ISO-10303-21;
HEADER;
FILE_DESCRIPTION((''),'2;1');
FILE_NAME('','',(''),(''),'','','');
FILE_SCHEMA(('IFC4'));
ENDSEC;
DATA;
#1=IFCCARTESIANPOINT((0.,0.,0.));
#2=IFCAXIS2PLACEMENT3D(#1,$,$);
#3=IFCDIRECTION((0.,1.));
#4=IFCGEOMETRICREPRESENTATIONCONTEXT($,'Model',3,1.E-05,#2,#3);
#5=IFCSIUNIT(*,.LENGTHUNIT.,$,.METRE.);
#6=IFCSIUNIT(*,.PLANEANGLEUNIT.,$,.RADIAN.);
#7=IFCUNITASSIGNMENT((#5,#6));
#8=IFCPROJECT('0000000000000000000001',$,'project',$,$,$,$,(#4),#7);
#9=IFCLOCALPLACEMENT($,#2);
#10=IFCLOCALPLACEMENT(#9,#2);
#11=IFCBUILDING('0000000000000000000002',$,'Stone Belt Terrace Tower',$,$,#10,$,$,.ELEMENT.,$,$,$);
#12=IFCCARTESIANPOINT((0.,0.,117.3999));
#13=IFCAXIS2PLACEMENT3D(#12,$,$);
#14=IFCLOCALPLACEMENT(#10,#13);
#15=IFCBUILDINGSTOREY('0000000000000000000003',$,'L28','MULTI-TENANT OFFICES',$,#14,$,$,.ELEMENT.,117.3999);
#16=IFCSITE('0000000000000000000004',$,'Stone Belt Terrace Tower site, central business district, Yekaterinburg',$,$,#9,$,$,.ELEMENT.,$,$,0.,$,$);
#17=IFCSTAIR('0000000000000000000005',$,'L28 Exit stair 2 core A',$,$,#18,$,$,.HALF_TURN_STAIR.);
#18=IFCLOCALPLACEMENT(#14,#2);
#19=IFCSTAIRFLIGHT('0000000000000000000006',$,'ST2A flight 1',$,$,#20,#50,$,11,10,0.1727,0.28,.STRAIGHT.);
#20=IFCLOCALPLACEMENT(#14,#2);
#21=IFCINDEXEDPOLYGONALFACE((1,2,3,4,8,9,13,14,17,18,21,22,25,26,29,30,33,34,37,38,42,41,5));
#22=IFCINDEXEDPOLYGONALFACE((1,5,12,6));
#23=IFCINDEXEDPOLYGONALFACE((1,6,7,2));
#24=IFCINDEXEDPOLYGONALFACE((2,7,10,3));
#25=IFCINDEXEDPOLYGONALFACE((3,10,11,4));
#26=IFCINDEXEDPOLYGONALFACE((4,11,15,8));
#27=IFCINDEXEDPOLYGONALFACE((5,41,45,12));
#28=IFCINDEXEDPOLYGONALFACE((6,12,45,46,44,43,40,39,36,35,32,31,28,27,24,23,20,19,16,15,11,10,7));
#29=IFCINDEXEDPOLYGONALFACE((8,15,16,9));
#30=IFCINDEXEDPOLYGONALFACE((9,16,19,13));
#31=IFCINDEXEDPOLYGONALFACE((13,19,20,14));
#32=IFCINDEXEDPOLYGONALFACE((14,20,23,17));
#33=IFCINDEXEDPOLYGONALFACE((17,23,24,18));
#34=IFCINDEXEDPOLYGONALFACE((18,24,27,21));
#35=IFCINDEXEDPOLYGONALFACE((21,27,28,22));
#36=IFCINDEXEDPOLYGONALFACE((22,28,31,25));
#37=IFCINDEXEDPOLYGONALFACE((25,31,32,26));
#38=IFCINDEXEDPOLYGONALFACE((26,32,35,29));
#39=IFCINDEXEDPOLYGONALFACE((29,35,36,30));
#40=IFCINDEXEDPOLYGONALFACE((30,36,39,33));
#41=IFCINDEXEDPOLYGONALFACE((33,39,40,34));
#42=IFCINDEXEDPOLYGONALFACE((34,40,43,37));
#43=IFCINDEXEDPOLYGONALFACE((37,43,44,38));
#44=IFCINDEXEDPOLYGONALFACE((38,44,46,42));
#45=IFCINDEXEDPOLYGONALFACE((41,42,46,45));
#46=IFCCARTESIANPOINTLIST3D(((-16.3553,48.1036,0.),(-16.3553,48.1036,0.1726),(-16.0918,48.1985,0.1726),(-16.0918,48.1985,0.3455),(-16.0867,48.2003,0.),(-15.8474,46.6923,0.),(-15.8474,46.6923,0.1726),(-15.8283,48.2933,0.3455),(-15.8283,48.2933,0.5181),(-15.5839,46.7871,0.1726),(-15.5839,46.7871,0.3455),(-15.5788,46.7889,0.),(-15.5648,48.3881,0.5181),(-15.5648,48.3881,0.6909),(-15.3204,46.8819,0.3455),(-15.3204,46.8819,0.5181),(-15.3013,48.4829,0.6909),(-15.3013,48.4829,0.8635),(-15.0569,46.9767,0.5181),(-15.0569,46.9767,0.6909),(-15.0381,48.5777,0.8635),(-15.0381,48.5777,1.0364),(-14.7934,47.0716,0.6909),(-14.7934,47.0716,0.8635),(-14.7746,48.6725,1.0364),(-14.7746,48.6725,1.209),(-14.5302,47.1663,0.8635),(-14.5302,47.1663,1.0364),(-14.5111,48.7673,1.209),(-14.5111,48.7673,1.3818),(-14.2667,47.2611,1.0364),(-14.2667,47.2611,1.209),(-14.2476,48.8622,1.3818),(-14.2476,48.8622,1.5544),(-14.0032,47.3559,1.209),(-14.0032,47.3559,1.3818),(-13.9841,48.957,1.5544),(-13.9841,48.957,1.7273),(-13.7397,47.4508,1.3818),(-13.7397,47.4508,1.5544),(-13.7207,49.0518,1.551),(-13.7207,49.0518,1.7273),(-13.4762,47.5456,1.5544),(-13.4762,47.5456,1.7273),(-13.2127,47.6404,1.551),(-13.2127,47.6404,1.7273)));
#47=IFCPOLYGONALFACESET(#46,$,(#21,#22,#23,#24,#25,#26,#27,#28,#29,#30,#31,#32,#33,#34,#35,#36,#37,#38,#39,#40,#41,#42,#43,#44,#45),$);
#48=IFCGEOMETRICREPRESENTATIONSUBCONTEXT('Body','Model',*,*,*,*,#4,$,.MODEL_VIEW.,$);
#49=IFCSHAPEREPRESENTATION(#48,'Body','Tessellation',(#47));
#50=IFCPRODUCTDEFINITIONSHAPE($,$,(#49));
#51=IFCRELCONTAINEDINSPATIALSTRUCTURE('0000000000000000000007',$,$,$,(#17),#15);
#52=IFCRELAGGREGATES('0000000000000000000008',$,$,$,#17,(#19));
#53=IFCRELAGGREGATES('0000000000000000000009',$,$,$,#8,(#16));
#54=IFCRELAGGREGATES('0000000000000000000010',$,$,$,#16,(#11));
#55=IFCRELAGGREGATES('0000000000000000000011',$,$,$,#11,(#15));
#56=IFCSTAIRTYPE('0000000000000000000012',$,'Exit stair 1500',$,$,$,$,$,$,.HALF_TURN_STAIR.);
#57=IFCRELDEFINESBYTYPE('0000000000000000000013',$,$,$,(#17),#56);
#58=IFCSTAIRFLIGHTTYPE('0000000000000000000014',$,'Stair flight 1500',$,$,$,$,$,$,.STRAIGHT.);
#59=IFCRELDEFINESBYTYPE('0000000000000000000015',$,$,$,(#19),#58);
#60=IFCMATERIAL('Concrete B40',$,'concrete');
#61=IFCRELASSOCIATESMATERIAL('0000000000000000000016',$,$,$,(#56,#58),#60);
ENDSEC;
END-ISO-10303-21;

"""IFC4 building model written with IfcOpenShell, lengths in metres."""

from ifc_helpers import new_model, si_unit, direction, frame, origin, place, context, subcontext, project, spatial, polyline, outline, extrude, material, type_object, element, aggregate, save


model = new_model("IFC4")

# Units and contexts
model_context = context("Model", 3, precision=1e-05, world=origin(), true_north=direction((0.0, 1.0)))
body_context = subcontext(model_context, "Body", "Model", "MODEL_VIEW")
ifc_project = project(units=[si_unit("LENGTHUNIT", "METRE"), si_unit("PLANEANGLEUNIT", "RADIAN")], contexts=[model_context])

# Site, building, storey
site_placement = place(None, origin())
site = spatial("IfcSite", under=ifc_project, at=site_placement, Name="Stone Belt Terrace Tower site, central business district, Yekaterinburg", CompositionType="ELEMENT", RefElevation=0.0)
building_placement = place(site_placement, origin())
building = spatial("IfcBuilding", under=site, at=building_placement, Name="Stone Belt Terrace Tower", CompositionType="ELEMENT")
storey_placement = place(building_placement, frame((0.0, 0.0, 117.3999)))
storey = spatial("IfcBuildingStorey", under=building, at=storey_placement, Name="L28", Description="MULTI-TENANT OFFICES", CompositionType="ELEMENT", Elevation=117.3999)

# Stair, stair flight
ifc_material_1 = material(Name="Concrete B40", Category="concrete")
stair_type = type_object("IfcStairType", Name="Exit stair 1500", PredefinedType="HALF_TURN_STAIR", material=ifc_material_1)
stair_placement = place(storey_placement, origin())
stair = element("IfcStair", 1, at=stair_placement, inside=storey, type_object=stair_type, Name="L28 Exit stair 2 core A", PredefinedType="HALF_TURN_STAIR")
stair_flight_type = type_object("IfcStairFlightType", Name="Stair flight 1500", PredefinedType="STRAIGHT", material=ifc_material_1)
stair_flight_placement = place(storey_placement, frame((-16.1013, 47.3979, 0.0), z_axis=(0.0, 0.0, 1.0), x_axis=(0.940922, 0.338624, 0.0)))
stair_flight = element("IfcStairFlight", 2, at=stair_flight_placement, type_object=stair_flight_type, Name="ST2A flight 1", NumberOfRisers=11, NumberOfTreads=10, PredefinedType="STRAIGHT", RiserHeight=0.1727, TreadLength=0.28, context=body_context, shape_type="SweptSolid", body=[
    extrude(outline(polyline([(0.0, 0.0), (0.0, 0.1726), (0.28, 0.1726), (0.28, 0.3455), (0.5601, 0.3455), (0.5601, 0.5181), (0.8401, 0.5181), (0.8401, 0.6909), (1.1201, 0.6909), (1.1201, 0.8635), (1.3999, 0.8635), (1.3999, 1.0364), (1.6799, 1.0364), (1.6799, 1.209), (1.96, 1.209), (1.96, 1.3818), (2.24, 1.3818), (2.24, 1.5544), (2.52, 1.5544), (2.52, 1.7273), (2.8, 1.7273), (2.8, 1.8999), (2.8, 1.551), (0.2854, 0.0), (0.0, 0.0)])), frame((0.0, 0.75, 0.0), z_axis=(0.0, -1.0, 0.0), x_axis=(1.0, 0.0, 0.0)), (0.0, 0.0, 1.0), 1.5),
])
aggregate(stair, [stair_flight])

save(model, "model.ifc")
